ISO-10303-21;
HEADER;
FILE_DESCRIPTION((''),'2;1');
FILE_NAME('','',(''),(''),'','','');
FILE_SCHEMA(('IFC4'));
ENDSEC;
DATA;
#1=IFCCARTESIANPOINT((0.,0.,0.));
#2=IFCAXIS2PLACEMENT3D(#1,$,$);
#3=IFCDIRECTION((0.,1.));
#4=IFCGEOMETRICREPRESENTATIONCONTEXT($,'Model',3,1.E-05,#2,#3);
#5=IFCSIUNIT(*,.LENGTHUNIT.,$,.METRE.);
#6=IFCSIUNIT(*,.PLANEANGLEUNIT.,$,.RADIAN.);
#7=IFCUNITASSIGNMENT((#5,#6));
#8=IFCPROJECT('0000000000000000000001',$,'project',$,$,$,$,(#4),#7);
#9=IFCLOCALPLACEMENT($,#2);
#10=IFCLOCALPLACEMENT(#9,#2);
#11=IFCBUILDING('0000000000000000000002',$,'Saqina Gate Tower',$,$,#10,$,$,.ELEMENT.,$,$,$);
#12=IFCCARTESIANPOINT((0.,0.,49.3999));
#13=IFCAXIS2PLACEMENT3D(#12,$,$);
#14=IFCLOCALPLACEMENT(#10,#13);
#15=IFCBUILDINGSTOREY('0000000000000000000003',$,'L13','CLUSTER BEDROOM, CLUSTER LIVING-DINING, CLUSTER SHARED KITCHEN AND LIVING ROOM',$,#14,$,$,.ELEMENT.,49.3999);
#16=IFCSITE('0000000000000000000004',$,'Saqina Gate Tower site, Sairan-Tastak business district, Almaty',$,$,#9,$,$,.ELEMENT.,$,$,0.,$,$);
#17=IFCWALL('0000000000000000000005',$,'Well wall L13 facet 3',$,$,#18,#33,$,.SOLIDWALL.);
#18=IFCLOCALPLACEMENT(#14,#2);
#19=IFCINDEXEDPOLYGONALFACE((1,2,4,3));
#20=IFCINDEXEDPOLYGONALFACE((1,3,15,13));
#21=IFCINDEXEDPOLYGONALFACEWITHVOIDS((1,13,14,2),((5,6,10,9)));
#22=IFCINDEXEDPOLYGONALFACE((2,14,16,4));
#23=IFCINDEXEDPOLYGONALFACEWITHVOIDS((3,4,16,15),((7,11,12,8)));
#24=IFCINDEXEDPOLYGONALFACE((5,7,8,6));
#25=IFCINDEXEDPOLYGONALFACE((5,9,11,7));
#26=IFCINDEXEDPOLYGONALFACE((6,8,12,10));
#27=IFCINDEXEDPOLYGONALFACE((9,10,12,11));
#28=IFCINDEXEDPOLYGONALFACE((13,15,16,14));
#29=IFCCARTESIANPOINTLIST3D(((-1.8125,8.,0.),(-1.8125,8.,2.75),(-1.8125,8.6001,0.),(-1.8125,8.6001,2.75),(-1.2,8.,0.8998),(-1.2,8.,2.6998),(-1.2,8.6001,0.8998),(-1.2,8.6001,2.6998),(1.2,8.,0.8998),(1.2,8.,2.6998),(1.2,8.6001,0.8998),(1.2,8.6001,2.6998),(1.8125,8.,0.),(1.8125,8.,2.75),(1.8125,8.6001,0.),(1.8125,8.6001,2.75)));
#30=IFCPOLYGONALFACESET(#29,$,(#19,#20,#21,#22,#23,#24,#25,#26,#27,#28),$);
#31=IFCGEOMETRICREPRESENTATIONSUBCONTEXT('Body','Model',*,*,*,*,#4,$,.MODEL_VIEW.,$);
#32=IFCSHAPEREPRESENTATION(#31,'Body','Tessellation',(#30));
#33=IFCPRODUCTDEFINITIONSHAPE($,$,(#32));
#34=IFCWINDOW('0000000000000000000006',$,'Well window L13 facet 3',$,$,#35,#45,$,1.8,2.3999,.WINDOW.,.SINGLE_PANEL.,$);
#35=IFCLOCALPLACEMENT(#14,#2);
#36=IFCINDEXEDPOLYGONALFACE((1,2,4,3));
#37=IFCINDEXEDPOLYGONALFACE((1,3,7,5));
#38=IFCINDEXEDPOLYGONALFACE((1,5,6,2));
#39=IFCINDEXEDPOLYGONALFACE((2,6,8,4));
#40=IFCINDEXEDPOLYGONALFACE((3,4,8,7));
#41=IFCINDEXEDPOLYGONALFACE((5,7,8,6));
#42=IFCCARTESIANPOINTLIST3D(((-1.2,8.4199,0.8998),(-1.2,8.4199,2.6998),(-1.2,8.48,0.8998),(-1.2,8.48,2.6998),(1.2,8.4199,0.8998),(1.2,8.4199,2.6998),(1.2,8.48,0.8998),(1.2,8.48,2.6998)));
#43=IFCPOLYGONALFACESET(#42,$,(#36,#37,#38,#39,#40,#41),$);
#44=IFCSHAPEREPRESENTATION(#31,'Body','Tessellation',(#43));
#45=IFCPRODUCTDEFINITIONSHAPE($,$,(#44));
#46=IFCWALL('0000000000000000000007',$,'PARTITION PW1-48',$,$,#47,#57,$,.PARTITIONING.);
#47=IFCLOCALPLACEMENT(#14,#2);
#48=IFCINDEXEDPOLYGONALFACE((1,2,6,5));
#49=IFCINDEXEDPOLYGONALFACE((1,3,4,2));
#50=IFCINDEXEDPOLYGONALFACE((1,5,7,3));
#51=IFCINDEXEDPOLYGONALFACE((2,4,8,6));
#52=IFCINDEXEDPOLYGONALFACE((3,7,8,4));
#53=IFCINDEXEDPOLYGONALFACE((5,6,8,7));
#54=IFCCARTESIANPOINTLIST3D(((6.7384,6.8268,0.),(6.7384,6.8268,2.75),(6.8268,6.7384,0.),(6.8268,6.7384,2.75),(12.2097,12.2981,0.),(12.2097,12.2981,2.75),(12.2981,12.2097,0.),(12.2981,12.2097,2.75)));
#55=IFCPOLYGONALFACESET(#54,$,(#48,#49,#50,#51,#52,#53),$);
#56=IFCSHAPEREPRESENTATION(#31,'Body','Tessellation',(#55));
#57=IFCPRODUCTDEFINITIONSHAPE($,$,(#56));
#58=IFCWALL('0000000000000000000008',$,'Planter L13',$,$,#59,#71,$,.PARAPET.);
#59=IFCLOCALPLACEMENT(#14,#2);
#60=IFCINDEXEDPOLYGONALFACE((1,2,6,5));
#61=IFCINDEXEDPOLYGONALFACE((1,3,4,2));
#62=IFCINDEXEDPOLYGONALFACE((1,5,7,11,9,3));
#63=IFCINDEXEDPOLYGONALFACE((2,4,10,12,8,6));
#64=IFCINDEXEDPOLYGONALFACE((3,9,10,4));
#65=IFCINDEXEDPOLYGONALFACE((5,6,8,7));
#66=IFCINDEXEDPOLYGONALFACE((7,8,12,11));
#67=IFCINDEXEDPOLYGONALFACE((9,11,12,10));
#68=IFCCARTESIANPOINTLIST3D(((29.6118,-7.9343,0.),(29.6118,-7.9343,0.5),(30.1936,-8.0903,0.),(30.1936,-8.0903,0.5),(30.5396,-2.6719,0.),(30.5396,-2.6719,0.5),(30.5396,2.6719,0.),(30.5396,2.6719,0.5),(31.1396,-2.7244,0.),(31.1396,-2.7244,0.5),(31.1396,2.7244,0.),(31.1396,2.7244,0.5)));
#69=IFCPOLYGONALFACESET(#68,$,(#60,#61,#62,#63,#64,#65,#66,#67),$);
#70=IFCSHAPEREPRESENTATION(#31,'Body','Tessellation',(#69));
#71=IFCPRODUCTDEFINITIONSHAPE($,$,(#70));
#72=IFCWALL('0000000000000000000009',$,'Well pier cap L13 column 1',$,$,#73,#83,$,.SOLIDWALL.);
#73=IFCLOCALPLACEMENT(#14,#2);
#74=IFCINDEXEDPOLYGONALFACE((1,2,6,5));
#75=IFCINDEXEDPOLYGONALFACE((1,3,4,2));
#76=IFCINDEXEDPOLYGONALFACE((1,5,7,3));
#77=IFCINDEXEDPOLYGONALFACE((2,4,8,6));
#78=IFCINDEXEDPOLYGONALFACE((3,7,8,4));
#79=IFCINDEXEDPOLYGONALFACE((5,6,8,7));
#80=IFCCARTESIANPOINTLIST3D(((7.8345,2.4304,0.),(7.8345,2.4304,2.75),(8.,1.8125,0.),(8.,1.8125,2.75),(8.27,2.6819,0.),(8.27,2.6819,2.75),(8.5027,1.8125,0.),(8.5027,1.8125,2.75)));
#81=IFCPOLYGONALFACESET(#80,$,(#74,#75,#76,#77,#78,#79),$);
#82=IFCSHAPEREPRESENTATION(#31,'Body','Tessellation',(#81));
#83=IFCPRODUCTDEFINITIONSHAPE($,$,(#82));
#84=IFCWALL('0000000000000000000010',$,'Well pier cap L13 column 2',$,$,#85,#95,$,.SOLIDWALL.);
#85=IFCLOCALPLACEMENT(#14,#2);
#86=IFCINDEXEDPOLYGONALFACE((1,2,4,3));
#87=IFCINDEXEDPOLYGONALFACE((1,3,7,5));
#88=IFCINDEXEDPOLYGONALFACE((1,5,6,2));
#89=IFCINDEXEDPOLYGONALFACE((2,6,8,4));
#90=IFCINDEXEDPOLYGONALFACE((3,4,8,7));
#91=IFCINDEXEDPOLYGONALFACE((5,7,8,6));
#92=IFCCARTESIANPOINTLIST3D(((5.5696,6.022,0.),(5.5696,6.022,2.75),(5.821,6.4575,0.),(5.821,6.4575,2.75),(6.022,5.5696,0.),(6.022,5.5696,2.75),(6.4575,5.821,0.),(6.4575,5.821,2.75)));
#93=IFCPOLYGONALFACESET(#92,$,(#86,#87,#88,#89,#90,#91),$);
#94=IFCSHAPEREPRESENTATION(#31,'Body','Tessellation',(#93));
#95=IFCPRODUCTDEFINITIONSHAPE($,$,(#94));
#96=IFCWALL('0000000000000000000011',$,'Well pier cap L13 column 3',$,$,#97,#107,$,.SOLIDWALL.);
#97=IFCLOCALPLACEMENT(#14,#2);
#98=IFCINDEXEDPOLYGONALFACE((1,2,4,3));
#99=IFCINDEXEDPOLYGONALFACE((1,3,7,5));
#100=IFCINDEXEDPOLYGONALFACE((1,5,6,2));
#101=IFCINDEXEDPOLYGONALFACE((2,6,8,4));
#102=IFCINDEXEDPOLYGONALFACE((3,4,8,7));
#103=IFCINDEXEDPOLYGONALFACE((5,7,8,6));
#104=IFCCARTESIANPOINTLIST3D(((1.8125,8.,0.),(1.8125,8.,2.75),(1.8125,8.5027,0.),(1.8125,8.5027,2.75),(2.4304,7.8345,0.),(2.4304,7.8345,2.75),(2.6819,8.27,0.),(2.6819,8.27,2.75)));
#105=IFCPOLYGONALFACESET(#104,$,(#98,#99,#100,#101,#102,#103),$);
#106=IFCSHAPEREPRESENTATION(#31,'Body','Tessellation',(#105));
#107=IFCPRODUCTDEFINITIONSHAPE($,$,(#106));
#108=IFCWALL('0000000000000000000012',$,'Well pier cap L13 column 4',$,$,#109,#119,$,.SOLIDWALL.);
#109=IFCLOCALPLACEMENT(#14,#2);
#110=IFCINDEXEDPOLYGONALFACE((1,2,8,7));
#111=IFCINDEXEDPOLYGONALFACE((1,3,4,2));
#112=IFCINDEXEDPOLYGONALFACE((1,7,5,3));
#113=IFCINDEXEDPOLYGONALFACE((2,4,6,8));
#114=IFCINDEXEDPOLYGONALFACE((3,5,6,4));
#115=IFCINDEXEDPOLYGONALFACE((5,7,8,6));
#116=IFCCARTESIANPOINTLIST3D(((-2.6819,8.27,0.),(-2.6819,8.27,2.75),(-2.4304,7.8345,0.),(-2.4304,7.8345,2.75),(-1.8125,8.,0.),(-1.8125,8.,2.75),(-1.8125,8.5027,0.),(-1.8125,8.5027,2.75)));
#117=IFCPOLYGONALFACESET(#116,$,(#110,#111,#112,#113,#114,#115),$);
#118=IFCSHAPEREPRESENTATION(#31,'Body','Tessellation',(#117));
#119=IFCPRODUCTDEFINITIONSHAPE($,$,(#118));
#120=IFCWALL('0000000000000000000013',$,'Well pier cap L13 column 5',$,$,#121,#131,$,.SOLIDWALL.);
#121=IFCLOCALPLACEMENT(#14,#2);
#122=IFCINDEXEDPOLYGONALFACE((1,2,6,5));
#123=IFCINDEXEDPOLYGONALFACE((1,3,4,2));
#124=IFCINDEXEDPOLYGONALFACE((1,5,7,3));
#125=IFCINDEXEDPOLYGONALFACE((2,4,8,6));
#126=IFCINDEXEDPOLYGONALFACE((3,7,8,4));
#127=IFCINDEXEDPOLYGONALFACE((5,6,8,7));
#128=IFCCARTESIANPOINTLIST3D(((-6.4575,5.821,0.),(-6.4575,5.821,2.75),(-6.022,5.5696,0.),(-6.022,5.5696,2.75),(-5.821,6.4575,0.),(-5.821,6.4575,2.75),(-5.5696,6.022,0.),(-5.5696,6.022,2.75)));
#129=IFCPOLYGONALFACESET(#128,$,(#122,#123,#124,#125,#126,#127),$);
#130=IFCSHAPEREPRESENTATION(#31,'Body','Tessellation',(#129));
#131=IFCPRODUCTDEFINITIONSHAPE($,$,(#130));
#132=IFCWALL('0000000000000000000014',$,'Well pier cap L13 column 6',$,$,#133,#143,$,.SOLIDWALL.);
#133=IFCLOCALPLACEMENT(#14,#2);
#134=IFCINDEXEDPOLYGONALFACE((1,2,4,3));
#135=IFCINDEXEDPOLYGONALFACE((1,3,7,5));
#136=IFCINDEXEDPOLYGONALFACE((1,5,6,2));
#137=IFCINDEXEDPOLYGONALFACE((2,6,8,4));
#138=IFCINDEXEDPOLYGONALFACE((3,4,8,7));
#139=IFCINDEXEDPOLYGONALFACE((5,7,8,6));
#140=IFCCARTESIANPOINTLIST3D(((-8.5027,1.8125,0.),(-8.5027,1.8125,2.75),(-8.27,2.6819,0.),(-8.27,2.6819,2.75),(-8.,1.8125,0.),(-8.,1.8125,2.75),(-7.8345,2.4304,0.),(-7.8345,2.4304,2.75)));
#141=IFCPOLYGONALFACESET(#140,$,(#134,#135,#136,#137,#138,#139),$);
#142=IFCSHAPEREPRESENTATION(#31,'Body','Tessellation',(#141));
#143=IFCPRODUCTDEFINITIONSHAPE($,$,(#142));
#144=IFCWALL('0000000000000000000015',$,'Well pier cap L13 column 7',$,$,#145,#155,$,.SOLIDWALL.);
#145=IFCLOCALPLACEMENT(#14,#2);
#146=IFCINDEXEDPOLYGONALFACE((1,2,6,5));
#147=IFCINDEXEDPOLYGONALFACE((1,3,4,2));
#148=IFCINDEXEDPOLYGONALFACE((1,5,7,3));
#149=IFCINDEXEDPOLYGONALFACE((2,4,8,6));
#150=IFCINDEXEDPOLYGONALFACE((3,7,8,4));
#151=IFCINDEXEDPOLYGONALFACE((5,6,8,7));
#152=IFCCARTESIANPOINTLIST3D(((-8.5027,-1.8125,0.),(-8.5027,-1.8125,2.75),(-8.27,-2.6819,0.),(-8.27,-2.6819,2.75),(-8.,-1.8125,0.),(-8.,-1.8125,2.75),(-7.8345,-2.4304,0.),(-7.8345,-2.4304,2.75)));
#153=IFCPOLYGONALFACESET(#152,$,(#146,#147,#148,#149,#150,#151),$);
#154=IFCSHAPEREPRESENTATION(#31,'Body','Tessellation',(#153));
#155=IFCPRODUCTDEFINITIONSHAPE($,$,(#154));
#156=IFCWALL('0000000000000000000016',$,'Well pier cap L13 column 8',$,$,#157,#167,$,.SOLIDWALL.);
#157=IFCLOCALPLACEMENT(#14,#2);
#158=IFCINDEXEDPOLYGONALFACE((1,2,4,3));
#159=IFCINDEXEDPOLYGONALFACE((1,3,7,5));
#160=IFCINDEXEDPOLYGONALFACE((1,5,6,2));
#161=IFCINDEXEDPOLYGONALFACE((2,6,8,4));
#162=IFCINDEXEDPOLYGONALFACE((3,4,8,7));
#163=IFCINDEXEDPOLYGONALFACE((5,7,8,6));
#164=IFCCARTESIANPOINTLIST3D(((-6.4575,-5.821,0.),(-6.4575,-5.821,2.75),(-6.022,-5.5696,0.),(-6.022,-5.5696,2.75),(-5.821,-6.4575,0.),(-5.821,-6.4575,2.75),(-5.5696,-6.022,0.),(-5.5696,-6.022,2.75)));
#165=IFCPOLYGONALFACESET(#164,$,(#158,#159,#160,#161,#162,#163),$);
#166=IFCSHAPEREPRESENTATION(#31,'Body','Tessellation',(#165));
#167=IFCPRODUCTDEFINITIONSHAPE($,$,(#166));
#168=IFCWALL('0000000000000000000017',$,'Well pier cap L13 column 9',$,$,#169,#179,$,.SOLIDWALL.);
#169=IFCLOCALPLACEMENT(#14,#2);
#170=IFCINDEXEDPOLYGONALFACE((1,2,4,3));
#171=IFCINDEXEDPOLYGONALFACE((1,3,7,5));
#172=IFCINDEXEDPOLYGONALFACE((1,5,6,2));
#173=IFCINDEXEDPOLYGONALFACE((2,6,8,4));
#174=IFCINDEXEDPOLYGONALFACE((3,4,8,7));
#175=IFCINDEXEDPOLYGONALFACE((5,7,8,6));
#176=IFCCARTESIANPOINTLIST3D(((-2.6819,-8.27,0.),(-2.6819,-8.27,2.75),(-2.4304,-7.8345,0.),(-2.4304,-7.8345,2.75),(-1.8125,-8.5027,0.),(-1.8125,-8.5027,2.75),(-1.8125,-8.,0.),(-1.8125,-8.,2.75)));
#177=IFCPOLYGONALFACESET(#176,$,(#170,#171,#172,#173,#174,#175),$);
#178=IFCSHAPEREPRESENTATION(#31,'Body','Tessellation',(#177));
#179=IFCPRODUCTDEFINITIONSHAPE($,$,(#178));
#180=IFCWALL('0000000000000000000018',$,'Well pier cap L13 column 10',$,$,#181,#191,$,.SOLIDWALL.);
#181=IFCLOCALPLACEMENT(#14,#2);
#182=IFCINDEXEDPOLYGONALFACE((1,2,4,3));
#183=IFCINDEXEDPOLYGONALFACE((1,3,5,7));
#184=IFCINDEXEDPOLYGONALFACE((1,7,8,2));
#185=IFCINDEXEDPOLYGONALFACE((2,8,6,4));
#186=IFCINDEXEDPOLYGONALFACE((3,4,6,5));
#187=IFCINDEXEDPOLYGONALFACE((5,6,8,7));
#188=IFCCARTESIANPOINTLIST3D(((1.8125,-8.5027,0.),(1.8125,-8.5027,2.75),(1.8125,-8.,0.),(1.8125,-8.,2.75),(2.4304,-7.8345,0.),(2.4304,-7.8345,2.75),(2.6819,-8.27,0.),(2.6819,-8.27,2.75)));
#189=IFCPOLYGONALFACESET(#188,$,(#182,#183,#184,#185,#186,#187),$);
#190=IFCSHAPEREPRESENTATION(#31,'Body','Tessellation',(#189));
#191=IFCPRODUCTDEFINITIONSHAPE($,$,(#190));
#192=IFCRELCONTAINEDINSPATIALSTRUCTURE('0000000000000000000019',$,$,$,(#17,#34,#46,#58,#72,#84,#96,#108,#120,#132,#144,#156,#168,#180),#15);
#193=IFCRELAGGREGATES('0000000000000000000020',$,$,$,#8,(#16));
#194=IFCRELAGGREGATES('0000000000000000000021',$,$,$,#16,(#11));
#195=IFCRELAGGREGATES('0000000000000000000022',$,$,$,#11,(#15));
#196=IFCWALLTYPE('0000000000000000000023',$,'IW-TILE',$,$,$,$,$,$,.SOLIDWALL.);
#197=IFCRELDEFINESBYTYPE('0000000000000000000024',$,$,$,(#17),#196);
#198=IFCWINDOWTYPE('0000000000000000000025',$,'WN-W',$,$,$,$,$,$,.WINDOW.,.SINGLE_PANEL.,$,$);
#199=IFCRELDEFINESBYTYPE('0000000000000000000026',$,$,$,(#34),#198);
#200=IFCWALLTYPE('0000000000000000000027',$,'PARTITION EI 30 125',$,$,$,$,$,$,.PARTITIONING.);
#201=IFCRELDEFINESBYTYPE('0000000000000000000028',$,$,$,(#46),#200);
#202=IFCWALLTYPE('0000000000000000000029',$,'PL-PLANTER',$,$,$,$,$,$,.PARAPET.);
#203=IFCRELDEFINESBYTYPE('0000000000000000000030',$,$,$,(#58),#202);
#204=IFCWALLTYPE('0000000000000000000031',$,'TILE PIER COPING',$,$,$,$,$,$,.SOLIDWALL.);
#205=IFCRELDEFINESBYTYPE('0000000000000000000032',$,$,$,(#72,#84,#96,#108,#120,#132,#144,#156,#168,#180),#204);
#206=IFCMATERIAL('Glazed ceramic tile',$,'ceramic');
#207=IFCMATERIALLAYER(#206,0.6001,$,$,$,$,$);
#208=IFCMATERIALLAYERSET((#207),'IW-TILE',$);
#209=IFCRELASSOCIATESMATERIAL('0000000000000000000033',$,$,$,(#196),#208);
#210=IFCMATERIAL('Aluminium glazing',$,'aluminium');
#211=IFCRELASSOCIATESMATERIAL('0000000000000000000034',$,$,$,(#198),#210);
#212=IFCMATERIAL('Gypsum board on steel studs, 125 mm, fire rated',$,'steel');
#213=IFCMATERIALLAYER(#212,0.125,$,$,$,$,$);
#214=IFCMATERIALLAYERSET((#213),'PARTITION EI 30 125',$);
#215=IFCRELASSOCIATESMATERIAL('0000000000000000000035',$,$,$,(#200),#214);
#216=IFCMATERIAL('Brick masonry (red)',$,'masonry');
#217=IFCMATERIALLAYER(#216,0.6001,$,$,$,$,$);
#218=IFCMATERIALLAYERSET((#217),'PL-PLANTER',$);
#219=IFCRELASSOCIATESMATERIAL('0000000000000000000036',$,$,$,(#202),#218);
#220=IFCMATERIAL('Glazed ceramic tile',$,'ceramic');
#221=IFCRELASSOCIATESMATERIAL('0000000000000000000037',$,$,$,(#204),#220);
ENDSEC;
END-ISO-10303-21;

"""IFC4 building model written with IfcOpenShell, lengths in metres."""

from ifc_helpers import new_model, si_unit, direction, frame, frame_2d, origin, place, context, subcontext, project, spatial, polyline, rectangle, outline, extrude, material, layer, layer_set, type_object, element, fill, save


model = new_model("IFC4")

# Units and contexts
model_context = context("Model", 3, precision=1e-05, world=origin(), true_north=direction((0.0, 1.0)))
body_context = subcontext(model_context, "Body", "Model", "MODEL_VIEW")
ifc_project = project(units=[si_unit("LENGTHUNIT", "METRE"), si_unit("PLANEANGLEUNIT", "RADIAN")], contexts=[model_context])

# Site, building, storey
site_placement = place(None, origin())
site = spatial("IfcSite", under=ifc_project, at=site_placement, Name="Saqina Gate Tower site, Sairan-Tastak business district, Almaty", CompositionType="ELEMENT", RefElevation=0.0)
building_placement = place(site_placement, origin())
building = spatial("IfcBuilding", under=site, at=building_placement, Name="Saqina Gate Tower", CompositionType="ELEMENT")
storey_placement = place(building_placement, frame((0.0, 0.0, 49.3999)))
storey = spatial("IfcBuildingStorey", under=building, at=storey_placement, Name="L13", Description="CLUSTER BEDROOM, CLUSTER LIVING-DINING, CLUSTER SHARED KITCHEN AND LIVING ROOM", CompositionType="ELEMENT", Elevation=49.3999)

# Wall, opening, window
ifc_material_1 = material(Name="Glazed ceramic tile", Category="ceramic")
ifc_layer_1 = layer(ifc_material_1, 0.6001)
ifc_layer_set_1 = layer_set([ifc_layer_1], Name="IW-TILE")
wall_type_1 = type_object("IfcWallType", Name="IW-TILE", PredefinedType="SOLIDWALL", material=ifc_layer_set_1)
ifc_material_2 = material(Name="Aluminium glazing", Category="aluminium")
window_type = type_object("IfcWindowType", Name="WN-W", PartitioningType="SINGLE_PANEL", PredefinedType="WINDOW", material=ifc_material_2)
wall_1_placement = place(storey_placement, frame((1.8125, 8.3, 0.0), z_axis=(0.0, 0.0, 1.0), x_axis=(-1.0, 0.0, 0.0)))
wall_1 = element("IfcWall", 1, at=wall_1_placement, inside=storey, type_object=wall_type_1, Name="Well wall L13 facet 3", PredefinedType="SOLIDWALL", context=body_context, shape_type="SweptSolid", body=[
    extrude(rectangle(XDim=3.625, YDim=0.6001, at=frame_2d((1.8125, 0.0))), origin(), (0.0, 0.0, 1.0), 2.75),
])
opening_1_placement = place(wall_1_placement, frame((0.6125, 0.0, 0.8999)))
opening_1 = element("IfcOpeningElement", 2, at=opening_1_placement, cuts=wall_1, PredefinedType="OPENING", context=body_context, shape_type="SweptSolid", body=[
    extrude(rectangle(XDim=2.3999, YDim=1.8, at=frame_2d((1.2, 0.8999))), frame((0.0, 0.312, 0.0), z_axis=(0.0, -1.0, 0.0), x_axis=(1.0, 0.0, 0.0)), (0.0, 0.0, 1.0), 0.624),
])
window_1_placement = place(opening_1_placement, origin())
window_1 = element("IfcWindow", 3, at=window_1_placement, inside=storey, type_object=window_type, Name="Well window L13 facet 3", OverallHeight=1.8, OverallWidth=2.3999, PartitioningType="SINGLE_PANEL", PredefinedType="WINDOW", context=body_context, shape_type="SweptSolid", body=[
    extrude(rectangle(XDim=2.3999, YDim=1.8, at=frame_2d((1.2, 0.8999))), frame((0.0, -0.1199, 0.0), z_axis=(0.0, -1.0, 0.0), x_axis=(1.0, 0.0, 0.0)), (0.0, 0.0, 1.0), 0.0601),
])
fill(opening_1, window_1)

# Walls
ifc_material_3 = material(Name="Gypsum board on steel studs, 125 mm, fire rated", Category="steel")
ifc_layer_2 = layer(ifc_material_3, 0.125)
ifc_layer_set_2 = layer_set([ifc_layer_2], Name="PARTITION EI 30 125")
wall_type_2 = type_object("IfcWallType", Name="PARTITION EI 30 125", PredefinedType="PARTITIONING", material=ifc_layer_set_2)
wall_2_placement = place(storey_placement, frame((6.7827, 6.7827, 0.0), z_axis=(0.0, 0.0, 1.0), x_axis=(0.707107, 0.707107, 0.0)))
element("IfcWall", 4, at=wall_2_placement, inside=storey, type_object=wall_type_2, Name="PARTITION PW1-48", PredefinedType="PARTITIONING", context=body_context, shape_type="SweptSolid", body=[
    extrude(rectangle(XDim=7.7375, YDim=0.125, at=frame_2d((3.8687, 0.0))), origin(), (0.0, 0.0, 1.0), 2.75),
])
ifc_material_4 = material(Name="Brick masonry (red)", Category="masonry")
ifc_layer_3 = layer(ifc_material_4, 0.6001)
ifc_layer_set_3 = layer_set([ifc_layer_3], Name="PL-PLANTER")
wall_type_3 = type_object("IfcWallType", Name="PL-PLANTER", PredefinedType="PARAPET", material=ifc_layer_set_3)
wall_3_placement = place(storey_placement, origin())
element("IfcWall", 5, at=wall_3_placement, inside=storey, type_object=wall_type_3, Name="Planter L13", PredefinedType="PARAPET", context=body_context, shape_type="SweptSolid", body=[
    extrude(outline(polyline([(30.1936, -8.0903), (31.1396, -2.7244), (31.1396, 2.7244), (30.5396, 2.6719), (30.5396, -2.6719), (29.6118, -7.9343), (30.1936, -8.0903)])), origin(), (0.0, 0.0, 1.0), 0.5),
])
ifc_material_5 = material(Name="Glazed ceramic tile", Category="ceramic")
wall_type_4 = type_object("IfcWallType", Name="TILE PIER COPING", PredefinedType="SOLIDWALL", material=ifc_material_5)
wall_4_placement = place(storey_placement, origin())
element("IfcWall", 6, at=wall_4_placement, inside=storey, type_object=wall_type_4, Name="Well pier cap L13 column 1", PredefinedType="SOLIDWALL", context=body_context, shape_type="SweptSolid", body=[
    extrude(outline(polyline([(8.27, 2.6819), (7.8345, 2.4304), (8.0, 1.8125), (8.5027, 1.8125), (8.27, 2.6819)])), origin(), (0.0, 0.0, 1.0), 2.75),
])
wall_5_placement = place(storey_placement, origin())
element("IfcWall", 7, at=wall_5_placement, inside=storey, type_object=wall_type_4, Name="Well pier cap L13 column 2", PredefinedType="SOLIDWALL", context=body_context, shape_type="SweptSolid", body=[
    extrude(outline(polyline([(5.821, 6.4575), (5.5696, 6.022), (6.022, 5.5696), (6.4575, 5.821), (5.821, 6.4575)])), origin(), (0.0, 0.0, 1.0), 2.75),
])
wall_6_placement = place(storey_placement, origin())
element("IfcWall", 8, at=wall_6_placement, inside=storey, type_object=wall_type_4, Name="Well pier cap L13 column 3", PredefinedType="SOLIDWALL", context=body_context, shape_type="SweptSolid", body=[
    extrude(outline(polyline([(1.8125, 8.5027), (1.8125, 8.0), (2.4304, 7.8345), (2.6819, 8.27), (1.8125, 8.5027)])), origin(), (0.0, 0.0, 1.0), 2.75),
])
wall_7_placement = place(storey_placement, origin())
element("IfcWall", 9, at=wall_7_placement, inside=storey, type_object=wall_type_4, Name="Well pier cap L13 column 4", PredefinedType="SOLIDWALL", context=body_context, shape_type="SweptSolid", body=[
    extrude(outline(polyline([(-2.6819, 8.27), (-2.4304, 7.8345), (-1.8125, 8.0), (-1.8125, 8.5027), (-2.6819, 8.27)])), origin(), (0.0, 0.0, 1.0), 2.75),
])
wall_8_placement = place(storey_placement, origin())
element("IfcWall", 10, at=wall_8_placement, inside=storey, type_object=wall_type_4, Name="Well pier cap L13 column 5", PredefinedType="SOLIDWALL", context=body_context, shape_type="SweptSolid", body=[
    extrude(outline(polyline([(-6.4575, 5.821), (-6.022, 5.5696), (-5.5696, 6.022), (-5.821, 6.4575), (-6.4575, 5.821)])), origin(), (0.0, 0.0, 1.0), 2.75),
])
wall_9_placement = place(storey_placement, origin())
element("IfcWall", 11, at=wall_9_placement, inside=storey, type_object=wall_type_4, Name="Well pier cap L13 column 6", PredefinedType="SOLIDWALL", context=body_context, shape_type="SweptSolid", body=[
    extrude(outline(polyline([(-8.5027, 1.8125), (-8.0, 1.8125), (-7.8345, 2.4304), (-8.27, 2.6819), (-8.5027, 1.8125)])), origin(), (0.0, 0.0, 1.0), 2.75),
])
wall_10_placement = place(storey_placement, origin())
element("IfcWall", 12, at=wall_10_placement, inside=storey, type_object=wall_type_4, Name="Well pier cap L13 column 7", PredefinedType="SOLIDWALL", context=body_context, shape_type="SweptSolid", body=[
    extrude(outline(polyline([(-8.27, -2.6819), (-7.8345, -2.4304), (-8.0, -1.8125), (-8.5027, -1.8125), (-8.27, -2.6819)])), origin(), (0.0, 0.0, 1.0), 2.75),
])
wall_11_placement = place(storey_placement, origin())
element("IfcWall", 13, at=wall_11_placement, inside=storey, type_object=wall_type_4, Name="Well pier cap L13 column 8", PredefinedType="SOLIDWALL", context=body_context, shape_type="SweptSolid", body=[
    extrude(outline(polyline([(-6.4575, -5.821), (-5.821, -6.4575), (-5.5696, -6.022), (-6.022, -5.5696), (-6.4575, -5.821)])), origin(), (0.0, 0.0, 1.0), 2.75),
])
wall_12_placement = place(storey_placement, origin())
element("IfcWall", 14, at=wall_12_placement, inside=storey, type_object=wall_type_4, Name="Well pier cap L13 column 9", PredefinedType="SOLIDWALL", context=body_context, shape_type="SweptSolid", body=[
    extrude(outline(polyline([(-1.8125, -8.5027), (-1.8125, -8.0), (-2.4304, -7.8345), (-2.6819, -8.27), (-1.8125, -8.5027)])), origin(), (0.0, 0.0, 1.0), 2.75),
])
wall_13_placement = place(storey_placement, origin())
element("IfcWall", 15, at=wall_13_placement, inside=storey, type_object=wall_type_4, Name="Well pier cap L13 column 10", PredefinedType="SOLIDWALL", context=body_context, shape_type="SweptSolid", body=[
    extrude(outline(polyline([(2.6819, -8.27), (2.4304, -7.8345), (1.8125, -8.0), (1.8125, -8.5027), (2.6819, -8.27)])), origin(), (0.0, 0.0, 1.0), 2.75),
])

save(model, "model.ifc")
